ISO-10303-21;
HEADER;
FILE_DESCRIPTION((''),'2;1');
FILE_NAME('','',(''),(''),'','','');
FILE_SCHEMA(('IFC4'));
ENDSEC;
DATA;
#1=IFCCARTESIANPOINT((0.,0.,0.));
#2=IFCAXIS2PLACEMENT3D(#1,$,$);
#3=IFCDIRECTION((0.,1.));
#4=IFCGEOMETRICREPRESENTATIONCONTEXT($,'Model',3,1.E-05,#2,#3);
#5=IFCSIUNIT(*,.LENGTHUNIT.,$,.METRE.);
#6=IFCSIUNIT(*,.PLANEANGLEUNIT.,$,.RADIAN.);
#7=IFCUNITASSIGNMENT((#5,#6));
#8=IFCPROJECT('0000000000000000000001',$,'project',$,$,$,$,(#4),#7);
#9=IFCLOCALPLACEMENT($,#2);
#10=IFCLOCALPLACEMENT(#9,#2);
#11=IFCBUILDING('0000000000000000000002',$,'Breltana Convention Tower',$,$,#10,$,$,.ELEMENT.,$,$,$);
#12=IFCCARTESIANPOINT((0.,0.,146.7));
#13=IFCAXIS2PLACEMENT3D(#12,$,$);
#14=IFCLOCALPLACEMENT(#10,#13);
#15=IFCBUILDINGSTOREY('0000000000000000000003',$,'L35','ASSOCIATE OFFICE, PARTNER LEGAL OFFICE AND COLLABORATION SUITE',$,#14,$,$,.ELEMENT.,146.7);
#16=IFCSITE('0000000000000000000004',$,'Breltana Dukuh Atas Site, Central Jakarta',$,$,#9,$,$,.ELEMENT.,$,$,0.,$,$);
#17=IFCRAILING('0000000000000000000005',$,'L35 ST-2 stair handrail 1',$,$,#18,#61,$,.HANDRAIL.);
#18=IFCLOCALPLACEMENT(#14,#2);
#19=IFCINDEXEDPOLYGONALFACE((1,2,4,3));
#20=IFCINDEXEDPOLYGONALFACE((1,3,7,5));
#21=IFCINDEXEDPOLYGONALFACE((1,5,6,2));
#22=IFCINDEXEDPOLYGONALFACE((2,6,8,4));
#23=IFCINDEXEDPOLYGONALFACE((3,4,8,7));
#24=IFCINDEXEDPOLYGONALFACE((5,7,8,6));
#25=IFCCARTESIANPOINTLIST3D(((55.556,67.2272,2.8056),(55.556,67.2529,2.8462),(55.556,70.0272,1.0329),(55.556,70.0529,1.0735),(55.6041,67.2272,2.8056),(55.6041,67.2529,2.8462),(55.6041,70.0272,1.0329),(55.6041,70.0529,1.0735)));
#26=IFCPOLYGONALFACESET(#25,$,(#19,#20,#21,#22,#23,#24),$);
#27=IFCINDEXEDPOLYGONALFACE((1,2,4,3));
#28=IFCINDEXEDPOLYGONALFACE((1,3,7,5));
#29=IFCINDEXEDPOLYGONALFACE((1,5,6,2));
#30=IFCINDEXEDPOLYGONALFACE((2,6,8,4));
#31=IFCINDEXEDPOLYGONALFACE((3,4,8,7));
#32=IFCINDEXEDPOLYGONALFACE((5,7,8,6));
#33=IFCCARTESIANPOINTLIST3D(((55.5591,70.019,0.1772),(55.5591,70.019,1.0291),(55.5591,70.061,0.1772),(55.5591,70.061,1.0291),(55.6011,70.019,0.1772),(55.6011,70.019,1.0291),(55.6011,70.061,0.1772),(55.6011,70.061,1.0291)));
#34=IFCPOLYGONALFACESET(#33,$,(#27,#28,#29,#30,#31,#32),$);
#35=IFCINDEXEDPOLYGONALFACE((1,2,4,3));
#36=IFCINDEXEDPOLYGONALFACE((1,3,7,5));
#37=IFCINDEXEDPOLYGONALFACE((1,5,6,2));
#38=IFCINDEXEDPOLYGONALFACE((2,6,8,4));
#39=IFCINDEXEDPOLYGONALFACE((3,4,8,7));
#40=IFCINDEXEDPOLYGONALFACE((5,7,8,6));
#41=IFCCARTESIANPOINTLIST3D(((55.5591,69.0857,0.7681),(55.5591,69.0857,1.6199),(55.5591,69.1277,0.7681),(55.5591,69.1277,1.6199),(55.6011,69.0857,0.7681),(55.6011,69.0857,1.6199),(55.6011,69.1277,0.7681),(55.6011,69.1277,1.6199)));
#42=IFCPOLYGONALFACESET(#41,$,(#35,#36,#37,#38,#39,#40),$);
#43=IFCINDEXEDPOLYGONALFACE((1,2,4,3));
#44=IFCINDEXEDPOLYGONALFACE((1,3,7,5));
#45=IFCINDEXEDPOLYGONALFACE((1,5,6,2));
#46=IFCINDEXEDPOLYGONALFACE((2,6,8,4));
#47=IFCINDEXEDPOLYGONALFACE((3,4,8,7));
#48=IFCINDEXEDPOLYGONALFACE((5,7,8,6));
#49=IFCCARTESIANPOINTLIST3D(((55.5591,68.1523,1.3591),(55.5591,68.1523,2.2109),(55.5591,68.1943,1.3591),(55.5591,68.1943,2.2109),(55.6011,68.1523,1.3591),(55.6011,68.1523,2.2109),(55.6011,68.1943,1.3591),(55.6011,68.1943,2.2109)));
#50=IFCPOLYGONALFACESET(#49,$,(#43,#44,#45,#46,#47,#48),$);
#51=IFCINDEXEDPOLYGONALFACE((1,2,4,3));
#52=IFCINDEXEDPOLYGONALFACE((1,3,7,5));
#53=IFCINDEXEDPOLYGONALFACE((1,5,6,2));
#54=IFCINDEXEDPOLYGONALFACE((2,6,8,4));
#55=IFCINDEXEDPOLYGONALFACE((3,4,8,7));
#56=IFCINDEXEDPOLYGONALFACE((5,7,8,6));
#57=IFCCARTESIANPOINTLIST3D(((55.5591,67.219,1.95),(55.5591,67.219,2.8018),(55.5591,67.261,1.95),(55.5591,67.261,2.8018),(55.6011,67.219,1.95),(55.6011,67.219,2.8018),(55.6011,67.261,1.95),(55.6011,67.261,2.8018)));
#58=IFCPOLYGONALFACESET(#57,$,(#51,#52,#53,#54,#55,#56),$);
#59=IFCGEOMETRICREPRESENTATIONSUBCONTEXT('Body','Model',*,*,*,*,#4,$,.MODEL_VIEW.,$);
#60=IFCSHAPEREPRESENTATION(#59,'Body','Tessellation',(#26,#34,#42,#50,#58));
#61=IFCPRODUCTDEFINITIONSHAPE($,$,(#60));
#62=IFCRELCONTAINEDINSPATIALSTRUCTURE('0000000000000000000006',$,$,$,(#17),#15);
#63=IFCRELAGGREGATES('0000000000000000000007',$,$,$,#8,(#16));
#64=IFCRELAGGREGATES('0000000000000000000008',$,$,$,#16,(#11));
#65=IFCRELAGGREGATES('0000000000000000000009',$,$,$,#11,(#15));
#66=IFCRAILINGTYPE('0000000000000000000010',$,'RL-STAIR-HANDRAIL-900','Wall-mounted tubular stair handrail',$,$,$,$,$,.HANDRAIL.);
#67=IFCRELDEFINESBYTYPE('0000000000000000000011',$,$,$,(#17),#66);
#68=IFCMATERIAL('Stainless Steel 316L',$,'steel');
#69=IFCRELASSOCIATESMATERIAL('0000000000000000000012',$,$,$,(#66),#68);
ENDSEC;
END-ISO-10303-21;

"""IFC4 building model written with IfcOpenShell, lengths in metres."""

from ifc_helpers import new_model, si_unit, direction, frame, origin, origin_2d, place, context, subcontext, project, spatial, rectangle, extrude, material, type_object, element, save


model = new_model("IFC4")

# Units and contexts
model_context = context("Model", 3, precision=1e-05, world=origin(), true_north=direction((0.0, 1.0)))
body_context = subcontext(model_context, "Body", "Model", "MODEL_VIEW")
ifc_project = project(units=[si_unit("LENGTHUNIT", "METRE"), si_unit("PLANEANGLEUNIT", "RADIAN")], contexts=[model_context])

# Site, building, storey
site_placement = place(None, origin())
site = spatial("IfcSite", under=ifc_project, at=site_placement, Name="Breltana Dukuh Atas Site, Central Jakarta", CompositionType="ELEMENT", RefElevation=0.0)
building_placement = place(site_placement, origin())
building = spatial("IfcBuilding", under=site, at=building_placement, Name="Breltana Convention Tower", CompositionType="ELEMENT")
storey_placement = place(building_placement, frame((0.0, 0.0, 146.7)))
storey = spatial("IfcBuildingStorey", under=building, at=storey_placement, Name="L35", Description="ASSOCIATE OFFICE, PARTNER LEGAL OFFICE AND COLLABORATION SUITE", CompositionType="ELEMENT", Elevation=146.7)

# Railing
ifc_material_1 = material(Name="Stainless Steel 316L", Category="steel")
railing_type_1 = type_object("IfcRailingType", Name="RL-STAIR-HANDRAIL-900", Description="Wall-mounted tubular stair handrail", PredefinedType="HANDRAIL", material=ifc_material_1)
railing_1_placement = place(storey_placement, frame((55.5801, 70.04, 0.1772)))
element("IfcRailing", 1, at=railing_1_placement, inside=storey, type_object=railing_type_1, Name="L35 ST-2 stair handrail 1", PredefinedType="HANDRAIL", context=body_context, shape_type="SweptSolid", body=[
    extrude(rectangle(XDim=0.0481, YDim=0.0481, at=origin_2d()), frame((0.0, 0.0, 0.876), z_axis=(0.0, -0.844909, 0.53491), x_axis=(1.0, 0.0, 0.0)), (0.0, 0.0, 1.0), 3.314),
    extrude(rectangle(XDim=0.042, YDim=0.042, at=origin_2d()), origin(), (0.0, 0.0, 1.0), 0.8518),
    extrude(rectangle(XDim=0.042, YDim=0.042, at=origin_2d()), frame((0.0, -0.9333, 0.5908)), (0.0, 0.0, 1.0), 0.8518),
    extrude(rectangle(XDim=0.042, YDim=0.042, at=origin_2d()), frame((0.0, -1.8667, 1.1819)), (0.0, 0.0, 1.0), 0.8518),
    extrude(rectangle(XDim=0.042, YDim=0.042, at=origin_2d()), frame((0.0, -2.8, 1.7727)), (0.0, 0.0, 1.0), 0.8518),
])

save(model, "model.ifc")
